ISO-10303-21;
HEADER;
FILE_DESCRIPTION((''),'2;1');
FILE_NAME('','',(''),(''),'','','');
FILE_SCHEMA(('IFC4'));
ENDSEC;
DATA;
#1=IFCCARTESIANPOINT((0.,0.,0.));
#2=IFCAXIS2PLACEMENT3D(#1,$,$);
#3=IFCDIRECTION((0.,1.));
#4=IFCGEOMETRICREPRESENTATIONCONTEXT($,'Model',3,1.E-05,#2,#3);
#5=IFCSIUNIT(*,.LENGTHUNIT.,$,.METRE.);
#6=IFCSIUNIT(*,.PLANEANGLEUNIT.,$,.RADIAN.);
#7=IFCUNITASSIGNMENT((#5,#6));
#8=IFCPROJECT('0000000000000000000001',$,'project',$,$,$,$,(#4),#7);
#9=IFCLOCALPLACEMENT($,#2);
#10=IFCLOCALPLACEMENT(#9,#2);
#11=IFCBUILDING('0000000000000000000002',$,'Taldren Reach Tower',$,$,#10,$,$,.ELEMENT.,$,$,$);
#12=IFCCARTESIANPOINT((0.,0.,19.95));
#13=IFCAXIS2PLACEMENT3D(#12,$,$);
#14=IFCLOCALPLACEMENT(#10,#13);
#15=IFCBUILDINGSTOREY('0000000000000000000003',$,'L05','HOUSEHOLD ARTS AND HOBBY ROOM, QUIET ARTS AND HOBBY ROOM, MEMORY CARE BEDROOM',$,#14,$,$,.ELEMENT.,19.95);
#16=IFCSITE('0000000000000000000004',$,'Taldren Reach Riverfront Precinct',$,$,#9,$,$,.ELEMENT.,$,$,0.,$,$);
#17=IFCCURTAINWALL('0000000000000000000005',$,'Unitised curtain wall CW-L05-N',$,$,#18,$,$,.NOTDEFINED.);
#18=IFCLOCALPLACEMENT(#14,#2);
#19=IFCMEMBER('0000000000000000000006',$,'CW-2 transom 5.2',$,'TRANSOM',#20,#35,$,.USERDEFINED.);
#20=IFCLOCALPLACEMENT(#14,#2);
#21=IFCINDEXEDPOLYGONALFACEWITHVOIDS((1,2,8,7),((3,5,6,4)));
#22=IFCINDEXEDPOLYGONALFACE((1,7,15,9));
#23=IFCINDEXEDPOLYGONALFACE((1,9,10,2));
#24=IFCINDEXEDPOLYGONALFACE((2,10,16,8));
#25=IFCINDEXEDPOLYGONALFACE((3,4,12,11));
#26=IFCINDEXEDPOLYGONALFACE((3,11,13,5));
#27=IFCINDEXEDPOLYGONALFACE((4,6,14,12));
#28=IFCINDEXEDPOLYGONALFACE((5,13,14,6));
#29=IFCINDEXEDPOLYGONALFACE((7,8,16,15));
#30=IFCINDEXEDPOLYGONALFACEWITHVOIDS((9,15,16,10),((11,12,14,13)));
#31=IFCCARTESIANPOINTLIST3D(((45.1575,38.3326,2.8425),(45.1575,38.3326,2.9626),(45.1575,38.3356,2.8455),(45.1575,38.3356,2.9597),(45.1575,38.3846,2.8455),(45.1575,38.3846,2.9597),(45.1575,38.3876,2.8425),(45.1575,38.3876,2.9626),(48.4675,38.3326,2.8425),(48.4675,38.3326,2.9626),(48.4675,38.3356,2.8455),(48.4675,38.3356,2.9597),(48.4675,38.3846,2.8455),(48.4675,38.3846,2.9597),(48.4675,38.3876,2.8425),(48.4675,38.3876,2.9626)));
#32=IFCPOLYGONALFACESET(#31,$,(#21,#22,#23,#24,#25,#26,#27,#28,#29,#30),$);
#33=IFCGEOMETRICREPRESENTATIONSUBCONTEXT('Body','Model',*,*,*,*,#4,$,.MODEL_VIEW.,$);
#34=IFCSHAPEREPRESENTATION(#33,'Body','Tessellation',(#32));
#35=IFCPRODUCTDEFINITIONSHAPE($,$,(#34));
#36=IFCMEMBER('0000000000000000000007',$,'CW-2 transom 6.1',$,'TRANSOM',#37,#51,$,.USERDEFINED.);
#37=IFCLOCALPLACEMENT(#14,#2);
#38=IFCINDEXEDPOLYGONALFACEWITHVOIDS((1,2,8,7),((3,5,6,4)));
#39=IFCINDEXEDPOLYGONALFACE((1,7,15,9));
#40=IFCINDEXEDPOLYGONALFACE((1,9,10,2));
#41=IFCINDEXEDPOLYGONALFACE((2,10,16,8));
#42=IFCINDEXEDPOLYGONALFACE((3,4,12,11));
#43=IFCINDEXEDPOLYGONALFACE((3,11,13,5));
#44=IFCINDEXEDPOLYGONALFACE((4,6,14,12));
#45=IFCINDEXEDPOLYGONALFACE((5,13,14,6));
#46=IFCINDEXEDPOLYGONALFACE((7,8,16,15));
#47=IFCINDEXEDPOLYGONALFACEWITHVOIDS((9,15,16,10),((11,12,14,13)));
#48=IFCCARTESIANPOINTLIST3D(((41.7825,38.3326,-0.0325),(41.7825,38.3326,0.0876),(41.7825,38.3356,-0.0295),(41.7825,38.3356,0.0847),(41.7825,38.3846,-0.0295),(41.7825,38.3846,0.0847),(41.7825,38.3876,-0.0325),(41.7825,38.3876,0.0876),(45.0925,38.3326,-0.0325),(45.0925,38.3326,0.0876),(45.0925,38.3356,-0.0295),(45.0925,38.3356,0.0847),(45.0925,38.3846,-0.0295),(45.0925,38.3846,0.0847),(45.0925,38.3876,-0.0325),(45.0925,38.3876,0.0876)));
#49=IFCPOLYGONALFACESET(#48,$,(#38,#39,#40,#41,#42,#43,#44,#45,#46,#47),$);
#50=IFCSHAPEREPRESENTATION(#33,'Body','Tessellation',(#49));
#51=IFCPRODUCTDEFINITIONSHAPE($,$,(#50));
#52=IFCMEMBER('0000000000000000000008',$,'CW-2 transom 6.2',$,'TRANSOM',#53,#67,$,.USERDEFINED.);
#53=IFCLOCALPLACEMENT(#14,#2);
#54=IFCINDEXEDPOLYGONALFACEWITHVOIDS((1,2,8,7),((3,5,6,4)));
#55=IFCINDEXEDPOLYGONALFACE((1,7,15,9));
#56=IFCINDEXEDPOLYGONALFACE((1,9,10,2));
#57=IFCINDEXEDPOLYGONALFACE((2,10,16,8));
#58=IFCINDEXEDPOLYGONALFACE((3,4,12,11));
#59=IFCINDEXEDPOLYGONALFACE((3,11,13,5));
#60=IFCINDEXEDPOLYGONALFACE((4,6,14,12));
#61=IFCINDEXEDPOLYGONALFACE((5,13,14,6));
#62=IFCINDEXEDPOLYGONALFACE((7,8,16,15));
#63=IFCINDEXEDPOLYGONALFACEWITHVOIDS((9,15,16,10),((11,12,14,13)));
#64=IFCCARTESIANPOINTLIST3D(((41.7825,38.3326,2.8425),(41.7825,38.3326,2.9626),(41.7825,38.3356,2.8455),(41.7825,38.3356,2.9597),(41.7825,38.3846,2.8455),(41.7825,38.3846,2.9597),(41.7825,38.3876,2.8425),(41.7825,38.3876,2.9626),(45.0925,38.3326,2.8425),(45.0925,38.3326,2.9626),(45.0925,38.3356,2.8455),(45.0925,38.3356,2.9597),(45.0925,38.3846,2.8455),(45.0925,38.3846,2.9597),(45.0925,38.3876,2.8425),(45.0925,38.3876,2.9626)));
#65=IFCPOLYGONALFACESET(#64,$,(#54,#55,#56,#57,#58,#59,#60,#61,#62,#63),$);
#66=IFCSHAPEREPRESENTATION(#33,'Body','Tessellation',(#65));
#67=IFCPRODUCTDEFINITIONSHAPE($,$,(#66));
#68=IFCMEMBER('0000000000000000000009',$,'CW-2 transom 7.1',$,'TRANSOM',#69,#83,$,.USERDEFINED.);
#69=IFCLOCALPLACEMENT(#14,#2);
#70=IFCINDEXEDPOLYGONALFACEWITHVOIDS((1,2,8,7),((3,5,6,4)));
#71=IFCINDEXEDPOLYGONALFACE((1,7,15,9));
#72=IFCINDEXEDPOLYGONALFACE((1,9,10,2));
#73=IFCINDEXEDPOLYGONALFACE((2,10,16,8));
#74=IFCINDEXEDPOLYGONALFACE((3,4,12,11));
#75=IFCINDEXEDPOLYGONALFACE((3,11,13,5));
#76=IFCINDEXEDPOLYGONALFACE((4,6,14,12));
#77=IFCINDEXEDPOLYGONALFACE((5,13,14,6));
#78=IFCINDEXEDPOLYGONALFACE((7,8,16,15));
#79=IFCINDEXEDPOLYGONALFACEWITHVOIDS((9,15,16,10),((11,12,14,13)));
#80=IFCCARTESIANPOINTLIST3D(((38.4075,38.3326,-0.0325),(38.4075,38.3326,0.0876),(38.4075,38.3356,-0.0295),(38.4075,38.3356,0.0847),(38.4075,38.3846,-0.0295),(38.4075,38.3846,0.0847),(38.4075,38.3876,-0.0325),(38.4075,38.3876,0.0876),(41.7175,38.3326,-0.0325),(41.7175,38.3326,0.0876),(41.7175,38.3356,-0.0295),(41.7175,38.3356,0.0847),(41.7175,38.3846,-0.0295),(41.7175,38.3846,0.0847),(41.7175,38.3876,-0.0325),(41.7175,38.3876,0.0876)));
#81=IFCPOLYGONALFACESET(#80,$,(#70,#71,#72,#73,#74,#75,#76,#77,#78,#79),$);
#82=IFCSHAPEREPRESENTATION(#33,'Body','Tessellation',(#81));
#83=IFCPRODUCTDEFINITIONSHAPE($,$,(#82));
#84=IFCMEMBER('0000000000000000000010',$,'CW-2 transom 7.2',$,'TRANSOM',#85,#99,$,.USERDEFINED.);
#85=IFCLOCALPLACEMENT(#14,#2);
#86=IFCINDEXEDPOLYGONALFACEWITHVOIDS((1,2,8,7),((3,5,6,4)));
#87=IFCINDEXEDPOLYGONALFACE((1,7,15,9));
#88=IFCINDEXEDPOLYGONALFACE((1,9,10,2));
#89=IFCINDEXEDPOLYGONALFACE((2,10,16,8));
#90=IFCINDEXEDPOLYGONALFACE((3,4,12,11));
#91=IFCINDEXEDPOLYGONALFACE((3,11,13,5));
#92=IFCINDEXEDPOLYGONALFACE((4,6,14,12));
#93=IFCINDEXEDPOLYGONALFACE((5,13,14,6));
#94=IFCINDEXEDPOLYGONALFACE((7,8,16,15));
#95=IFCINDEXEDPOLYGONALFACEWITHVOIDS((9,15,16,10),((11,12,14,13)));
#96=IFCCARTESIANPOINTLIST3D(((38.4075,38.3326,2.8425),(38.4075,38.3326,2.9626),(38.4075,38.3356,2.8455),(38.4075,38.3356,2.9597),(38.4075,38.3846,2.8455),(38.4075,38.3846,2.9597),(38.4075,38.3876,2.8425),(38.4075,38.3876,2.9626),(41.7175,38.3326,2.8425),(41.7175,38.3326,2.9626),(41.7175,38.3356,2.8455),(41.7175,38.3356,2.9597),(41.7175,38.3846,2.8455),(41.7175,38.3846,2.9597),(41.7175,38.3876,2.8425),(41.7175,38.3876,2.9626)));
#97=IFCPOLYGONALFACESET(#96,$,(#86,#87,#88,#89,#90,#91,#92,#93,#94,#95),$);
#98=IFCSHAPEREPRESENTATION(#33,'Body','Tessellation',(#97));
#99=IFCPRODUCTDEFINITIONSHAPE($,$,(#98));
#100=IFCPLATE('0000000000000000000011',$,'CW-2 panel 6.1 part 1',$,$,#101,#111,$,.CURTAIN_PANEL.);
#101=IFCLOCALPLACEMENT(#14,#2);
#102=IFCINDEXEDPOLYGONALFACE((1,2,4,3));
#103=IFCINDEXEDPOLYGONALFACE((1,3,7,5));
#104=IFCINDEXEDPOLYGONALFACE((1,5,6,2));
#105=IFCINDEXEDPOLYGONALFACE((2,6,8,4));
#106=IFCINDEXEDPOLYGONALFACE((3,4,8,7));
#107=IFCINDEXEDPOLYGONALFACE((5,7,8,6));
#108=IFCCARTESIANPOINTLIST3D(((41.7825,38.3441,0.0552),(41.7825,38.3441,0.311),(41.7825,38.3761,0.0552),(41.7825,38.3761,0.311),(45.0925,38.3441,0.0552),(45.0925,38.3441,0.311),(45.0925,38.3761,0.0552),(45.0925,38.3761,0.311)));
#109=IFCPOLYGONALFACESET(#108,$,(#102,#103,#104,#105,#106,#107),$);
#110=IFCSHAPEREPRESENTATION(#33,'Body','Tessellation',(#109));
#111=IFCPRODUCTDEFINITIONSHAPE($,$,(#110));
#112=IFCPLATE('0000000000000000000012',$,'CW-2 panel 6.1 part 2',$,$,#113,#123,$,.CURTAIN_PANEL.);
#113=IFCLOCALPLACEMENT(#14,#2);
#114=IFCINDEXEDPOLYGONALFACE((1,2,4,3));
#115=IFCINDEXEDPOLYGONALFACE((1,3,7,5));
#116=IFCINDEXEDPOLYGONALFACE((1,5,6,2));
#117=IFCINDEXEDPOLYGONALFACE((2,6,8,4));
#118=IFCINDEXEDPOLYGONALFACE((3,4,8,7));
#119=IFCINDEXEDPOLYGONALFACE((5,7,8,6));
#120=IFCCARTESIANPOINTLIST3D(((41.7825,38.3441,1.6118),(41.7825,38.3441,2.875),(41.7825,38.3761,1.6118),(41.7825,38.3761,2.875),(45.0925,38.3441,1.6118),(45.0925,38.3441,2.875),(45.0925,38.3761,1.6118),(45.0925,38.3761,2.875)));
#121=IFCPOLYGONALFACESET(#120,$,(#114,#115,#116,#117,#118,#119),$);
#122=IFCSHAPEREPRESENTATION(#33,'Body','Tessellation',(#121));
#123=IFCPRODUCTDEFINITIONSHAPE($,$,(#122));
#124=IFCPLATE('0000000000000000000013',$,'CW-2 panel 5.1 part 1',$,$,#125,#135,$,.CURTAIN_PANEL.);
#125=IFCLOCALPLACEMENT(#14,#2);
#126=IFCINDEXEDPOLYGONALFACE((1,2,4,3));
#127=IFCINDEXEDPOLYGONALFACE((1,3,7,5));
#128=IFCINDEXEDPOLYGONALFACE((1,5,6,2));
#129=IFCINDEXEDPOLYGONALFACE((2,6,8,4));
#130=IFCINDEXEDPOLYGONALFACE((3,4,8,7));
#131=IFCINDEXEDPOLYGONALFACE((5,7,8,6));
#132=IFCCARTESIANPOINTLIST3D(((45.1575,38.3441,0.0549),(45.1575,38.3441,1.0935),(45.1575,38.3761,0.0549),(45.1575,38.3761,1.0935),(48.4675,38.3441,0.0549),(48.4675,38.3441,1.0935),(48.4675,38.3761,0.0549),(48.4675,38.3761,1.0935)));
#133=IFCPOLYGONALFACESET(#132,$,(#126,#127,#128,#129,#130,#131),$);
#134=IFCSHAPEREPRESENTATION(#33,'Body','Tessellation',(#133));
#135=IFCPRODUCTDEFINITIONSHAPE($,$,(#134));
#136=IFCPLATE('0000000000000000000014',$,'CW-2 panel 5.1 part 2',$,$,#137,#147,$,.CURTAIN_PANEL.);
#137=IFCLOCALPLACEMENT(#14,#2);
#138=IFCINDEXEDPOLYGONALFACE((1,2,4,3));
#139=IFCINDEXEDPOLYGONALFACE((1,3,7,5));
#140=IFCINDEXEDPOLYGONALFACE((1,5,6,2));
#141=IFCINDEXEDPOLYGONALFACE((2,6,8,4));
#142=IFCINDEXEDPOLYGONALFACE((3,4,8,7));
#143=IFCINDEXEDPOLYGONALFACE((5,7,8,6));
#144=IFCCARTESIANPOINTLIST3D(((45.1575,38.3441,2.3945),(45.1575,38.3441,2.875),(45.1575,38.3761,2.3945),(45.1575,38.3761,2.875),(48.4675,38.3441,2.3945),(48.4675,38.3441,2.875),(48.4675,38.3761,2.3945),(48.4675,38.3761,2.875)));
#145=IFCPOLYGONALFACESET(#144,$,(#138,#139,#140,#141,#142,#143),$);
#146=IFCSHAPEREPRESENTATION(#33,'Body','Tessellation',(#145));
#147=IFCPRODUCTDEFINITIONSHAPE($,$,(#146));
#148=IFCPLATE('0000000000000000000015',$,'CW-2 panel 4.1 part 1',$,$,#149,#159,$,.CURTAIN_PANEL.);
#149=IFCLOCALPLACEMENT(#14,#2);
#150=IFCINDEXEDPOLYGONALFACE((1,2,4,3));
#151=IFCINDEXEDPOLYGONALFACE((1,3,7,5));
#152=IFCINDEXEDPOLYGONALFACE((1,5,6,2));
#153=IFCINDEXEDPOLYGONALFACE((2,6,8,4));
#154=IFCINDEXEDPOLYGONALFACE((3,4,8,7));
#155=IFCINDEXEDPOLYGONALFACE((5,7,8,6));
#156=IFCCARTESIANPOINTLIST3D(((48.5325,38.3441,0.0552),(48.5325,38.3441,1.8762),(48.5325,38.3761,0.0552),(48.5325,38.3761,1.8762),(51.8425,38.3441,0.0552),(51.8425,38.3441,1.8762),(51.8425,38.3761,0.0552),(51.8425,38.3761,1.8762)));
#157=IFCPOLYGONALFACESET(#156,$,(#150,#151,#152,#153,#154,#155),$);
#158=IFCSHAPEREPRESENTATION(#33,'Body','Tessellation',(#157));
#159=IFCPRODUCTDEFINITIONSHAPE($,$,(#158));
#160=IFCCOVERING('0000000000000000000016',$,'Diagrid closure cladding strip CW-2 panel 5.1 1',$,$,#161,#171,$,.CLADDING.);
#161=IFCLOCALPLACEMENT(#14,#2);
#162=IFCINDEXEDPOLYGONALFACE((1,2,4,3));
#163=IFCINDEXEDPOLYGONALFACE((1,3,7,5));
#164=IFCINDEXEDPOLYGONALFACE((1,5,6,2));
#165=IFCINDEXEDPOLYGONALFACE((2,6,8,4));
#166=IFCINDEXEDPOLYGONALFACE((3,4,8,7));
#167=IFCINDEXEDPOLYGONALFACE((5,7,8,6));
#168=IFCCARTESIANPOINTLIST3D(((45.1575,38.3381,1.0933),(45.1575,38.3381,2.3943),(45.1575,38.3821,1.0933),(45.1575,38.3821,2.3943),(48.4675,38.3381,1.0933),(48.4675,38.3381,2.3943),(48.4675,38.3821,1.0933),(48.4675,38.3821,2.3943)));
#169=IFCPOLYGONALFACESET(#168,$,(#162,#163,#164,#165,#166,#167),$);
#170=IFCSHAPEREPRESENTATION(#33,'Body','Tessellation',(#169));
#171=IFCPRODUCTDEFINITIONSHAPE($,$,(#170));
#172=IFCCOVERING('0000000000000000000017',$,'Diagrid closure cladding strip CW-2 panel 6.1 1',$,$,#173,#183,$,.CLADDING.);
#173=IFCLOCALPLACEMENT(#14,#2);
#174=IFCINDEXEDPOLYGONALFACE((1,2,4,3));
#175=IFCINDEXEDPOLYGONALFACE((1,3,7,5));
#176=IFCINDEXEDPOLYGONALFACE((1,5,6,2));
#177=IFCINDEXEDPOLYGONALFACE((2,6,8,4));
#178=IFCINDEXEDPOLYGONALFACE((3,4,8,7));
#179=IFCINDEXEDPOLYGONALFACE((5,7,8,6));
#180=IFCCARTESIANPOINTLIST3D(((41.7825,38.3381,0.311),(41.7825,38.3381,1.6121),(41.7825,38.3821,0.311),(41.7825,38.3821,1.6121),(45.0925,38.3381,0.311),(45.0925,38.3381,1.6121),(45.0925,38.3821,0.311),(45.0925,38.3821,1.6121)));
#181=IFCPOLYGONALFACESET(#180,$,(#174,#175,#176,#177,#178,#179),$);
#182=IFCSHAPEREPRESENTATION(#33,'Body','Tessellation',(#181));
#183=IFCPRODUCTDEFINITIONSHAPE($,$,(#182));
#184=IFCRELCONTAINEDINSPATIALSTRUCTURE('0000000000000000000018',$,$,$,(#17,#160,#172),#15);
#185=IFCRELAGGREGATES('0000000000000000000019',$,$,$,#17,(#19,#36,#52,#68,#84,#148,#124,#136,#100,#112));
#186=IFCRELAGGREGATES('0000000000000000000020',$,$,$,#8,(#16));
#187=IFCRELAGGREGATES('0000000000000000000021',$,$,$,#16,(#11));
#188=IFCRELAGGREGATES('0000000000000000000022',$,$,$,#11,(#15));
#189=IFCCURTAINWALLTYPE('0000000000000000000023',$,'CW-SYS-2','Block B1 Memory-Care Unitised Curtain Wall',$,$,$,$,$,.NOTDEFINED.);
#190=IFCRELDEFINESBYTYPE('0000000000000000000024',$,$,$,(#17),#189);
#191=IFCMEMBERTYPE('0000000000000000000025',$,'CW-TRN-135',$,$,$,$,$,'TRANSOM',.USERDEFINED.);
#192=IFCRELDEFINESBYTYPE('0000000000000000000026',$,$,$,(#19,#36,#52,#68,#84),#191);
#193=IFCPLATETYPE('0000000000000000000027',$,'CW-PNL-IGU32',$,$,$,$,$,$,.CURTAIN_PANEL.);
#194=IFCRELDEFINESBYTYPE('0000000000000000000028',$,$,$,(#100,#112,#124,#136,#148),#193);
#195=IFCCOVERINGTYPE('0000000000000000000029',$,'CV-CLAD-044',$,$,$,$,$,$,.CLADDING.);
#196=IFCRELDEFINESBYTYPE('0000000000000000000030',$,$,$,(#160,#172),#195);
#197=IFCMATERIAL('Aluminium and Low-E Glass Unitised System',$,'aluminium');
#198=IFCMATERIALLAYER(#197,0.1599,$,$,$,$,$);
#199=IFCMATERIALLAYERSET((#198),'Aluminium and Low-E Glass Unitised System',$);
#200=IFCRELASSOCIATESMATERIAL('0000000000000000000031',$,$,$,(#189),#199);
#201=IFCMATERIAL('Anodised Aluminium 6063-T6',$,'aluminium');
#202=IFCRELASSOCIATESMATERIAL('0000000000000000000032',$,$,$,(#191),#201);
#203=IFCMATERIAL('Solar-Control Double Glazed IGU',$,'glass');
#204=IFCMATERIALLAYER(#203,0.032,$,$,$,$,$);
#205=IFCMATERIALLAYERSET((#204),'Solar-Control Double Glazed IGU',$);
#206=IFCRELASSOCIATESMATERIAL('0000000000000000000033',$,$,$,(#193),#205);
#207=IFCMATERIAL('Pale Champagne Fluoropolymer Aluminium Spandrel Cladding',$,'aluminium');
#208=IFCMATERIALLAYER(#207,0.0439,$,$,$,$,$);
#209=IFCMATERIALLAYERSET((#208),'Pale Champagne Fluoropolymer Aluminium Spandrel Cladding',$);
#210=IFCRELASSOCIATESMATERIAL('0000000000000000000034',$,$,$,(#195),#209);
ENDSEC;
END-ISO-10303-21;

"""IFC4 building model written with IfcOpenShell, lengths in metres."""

from ifc_helpers import new_model, si_unit, direction, frame, origin, origin_2d, place, context, subcontext, project, spatial, rectangle, hollow_rectangle, extrude, source, transform, mapped, material, layer, layer_set, material_profile, profile_set, type_object, element, aggregate, save


model = new_model("IFC4")

# Units and contexts
model_context = context("Model", 3, precision=1e-05, world=origin(), true_north=direction((0.0, 1.0)))
body_context = subcontext(model_context, "Body", "Model", "MODEL_VIEW")
ifc_project = project(units=[si_unit("LENGTHUNIT", "METRE"), si_unit("PLANEANGLEUNIT", "RADIAN")], contexts=[model_context])

# Site, building, storey
site_placement = place(None, origin())
site = spatial("IfcSite", under=ifc_project, at=site_placement, Name="Taldren Reach Riverfront Precinct", CompositionType="ELEMENT", RefElevation=0.0)
building_placement = place(site_placement, origin())
building = spatial("IfcBuilding", under=site, at=building_placement, Name="Taldren Reach Tower", CompositionType="ELEMENT")
storey_placement = place(building_placement, frame((0.0, 0.0, 19.95)))
storey = spatial("IfcBuildingStorey", under=building, at=storey_placement, Name="L05", Description="HOUSEHOLD ARTS AND HOBBY ROOM, QUIET ARTS AND HOBBY ROOM, MEMORY CARE BEDROOM", CompositionType="ELEMENT", Elevation=19.95)

# Curtain wall, members, plates
ifc_material_1 = material(Name="Aluminium and Low-E Glass Unitised System", Category="aluminium")
ifc_layer_1 = layer(ifc_material_1, 0.1599)
ifc_layer_set_1 = layer_set([ifc_layer_1], Name="Aluminium and Low-E Glass Unitised System")
curtain_wall_type = type_object("IfcCurtainWallType", Name="CW-SYS-2", Description="Block B1 Memory-Care Unitised Curtain Wall", PredefinedType="NOTDEFINED", material=ifc_layer_set_1)
curtain_wall_placement = place(storey_placement, origin())
curtain_wall = element("IfcCurtainWall", 1, at=curtain_wall_placement, inside=storey, type_object=curtain_wall_type, Name="Unitised curtain wall CW-L05-N", PredefinedType="NOTDEFINED")
ifc_material_2 = material(Name="Anodised Aluminium 6063-T6", Category="aluminium")
ifc_material_profile_1 = material_profile(ifc_material_2, hollow_rectangle(XDim=0.0549, YDim=0.1201, WallThickness=0.0029, at=origin_2d()), Name="ALU-120x55x3RHS")
ifc_profile_set_1 = profile_set([ifc_material_profile_1], Name="Anodised Aluminium 6063-T6")
member_type_1 = type_object("IfcMemberType", Name="CW-TRN-135", ElementType="TRANSOM", PredefinedType="USERDEFINED", material=ifc_profile_set_1)
shared_shape_1 = source(origin(), body_context, "Body", "SweptSolid", [
    extrude(hollow_rectangle(XDim=0.0549, YDim=0.1201, WallThickness=0.0029, at=origin_2d()), origin(), (0.0, 0.0, 1.0), 3.3101),
])
member_1_placement = place(storey_placement, frame((48.4675, 38.3601, 2.9026), z_axis=(-1.0, 0.0, 0.0), x_axis=(0.0, -1.0, 0.0)))
member_1 = element("IfcMember", 2, at=member_1_placement, type_object=member_type_1, Name="CW-2 transom 5.2", ObjectType="TRANSOM", PredefinedType="USERDEFINED", context=body_context, shape_type="MappedRepresentation", body=[
    mapped(shared_shape_1, transform((0.0, 0.0, 0.0), scale=1.0)),
])
member_2_placement = place(storey_placement, frame((45.0925, 38.3601, 0.0276), z_axis=(-1.0, 0.0, 0.0), x_axis=(0.0, -1.0, 0.0)))
member_2 = element("IfcMember", 3, at=member_2_placement, type_object=member_type_1, Name="CW-2 transom 6.1", ObjectType="TRANSOM", PredefinedType="USERDEFINED", context=body_context, shape_type="MappedRepresentation", body=[
    mapped(shared_shape_1, transform((0.0, 0.0, 0.0), scale=1.0)),
])
member_3_placement = place(storey_placement, frame((45.0925, 38.3601, 2.9026), z_axis=(-1.0, 0.0, 0.0), x_axis=(0.0, -1.0, 0.0)))
member_3 = element("IfcMember", 4, at=member_3_placement, type_object=member_type_1, Name="CW-2 transom 6.2", ObjectType="TRANSOM", PredefinedType="USERDEFINED", context=body_context, shape_type="MappedRepresentation", body=[
    mapped(shared_shape_1, transform((0.0, 0.0, 0.0), scale=1.0)),
])
member_4_placement = place(storey_placement, frame((41.7175, 38.3601, 0.0276), z_axis=(-1.0, 0.0, 0.0), x_axis=(0.0, -1.0, 0.0)))
member_4 = element("IfcMember", 5, at=member_4_placement, type_object=member_type_1, Name="CW-2 transom 7.1", ObjectType="TRANSOM", PredefinedType="USERDEFINED", context=body_context, shape_type="MappedRepresentation", body=[
    mapped(shared_shape_1, transform((0.0, 0.0, 0.0), scale=1.0)),
])
member_5_placement = place(storey_placement, frame((41.7175, 38.3601, 2.9026), z_axis=(-1.0, 0.0, 0.0), x_axis=(0.0, -1.0, 0.0)))
member_5 = element("IfcMember", 6, at=member_5_placement, type_object=member_type_1, Name="CW-2 transom 7.2", ObjectType="TRANSOM", PredefinedType="USERDEFINED", context=body_context, shape_type="MappedRepresentation", body=[
    mapped(shared_shape_1, transform((0.0, 0.0, 0.0), scale=1.0)),
])
ifc_material_3 = material(Name="Solar-Control Double Glazed IGU", Category="glass")
ifc_layer_2 = layer(ifc_material_3, 0.032)
ifc_layer_set_2 = layer_set([ifc_layer_2], Name="Solar-Control Double Glazed IGU")
plate_type = type_object("IfcPlateType", Name="CW-PNL-IGU32", PredefinedType="CURTAIN_PANEL", material=ifc_layer_set_2)
shared_shape_2 = source(origin(), body_context, "Body", "SweptSolid", [
    extrude(rectangle(XDim=3.3101, YDim=0.032, at=origin_2d()), origin(), (0.0, 0.0, 1.0), 0.2559),
])
plate_1_placement = place(storey_placement, frame((43.4375, 38.3601, 0.0552), z_axis=(0.0, 0.0, 1.0), x_axis=(-1.0, 0.0, 0.0)))
plate_1 = element("IfcPlate", 7, at=plate_1_placement, type_object=plate_type, Name="CW-2 panel 6.1 part 1", PredefinedType="CURTAIN_PANEL", context=body_context, shape_type="MappedRepresentation", body=[
    mapped(shared_shape_2, transform((0.0, 0.0, 0.0), scale=1.0)),
])
shared_shape_3 = source(origin(), body_context, "Body", "SweptSolid", [
    extrude(rectangle(XDim=3.3101, YDim=0.032, at=origin_2d()), origin(), (0.0, 0.0, 1.0), 1.2632),
])
plate_2_placement = place(storey_placement, frame((43.4375, 38.3601, 1.6118), z_axis=(0.0, 0.0, 1.0), x_axis=(-1.0, 0.0, 0.0)))
plate_2 = element("IfcPlate", 8, at=plate_2_placement, type_object=plate_type, Name="CW-2 panel 6.1 part 2", PredefinedType="CURTAIN_PANEL", context=body_context, shape_type="MappedRepresentation", body=[
    mapped(shared_shape_3, transform((0.0, 0.0, 0.0), scale=1.0)),
])
shared_shape_4 = source(origin(), body_context, "Body", "SweptSolid", [
    extrude(rectangle(XDim=3.3101, YDim=0.032, at=origin_2d()), origin(), (0.0, 0.0, 1.0), 1.0386),
])
plate_3_placement = place(storey_placement, frame((46.8125, 38.3601, 0.0549), z_axis=(0.0, 0.0, 1.0), x_axis=(-1.0, 0.0, 0.0)))
plate_3 = element("IfcPlate", 9, at=plate_3_placement, type_object=plate_type, Name="CW-2 panel 5.1 part 1", PredefinedType="CURTAIN_PANEL", context=body_context, shape_type="MappedRepresentation", body=[
    mapped(shared_shape_4, transform((0.0, 0.0, 0.0), scale=1.0)),
])
shared_shape_5 = source(origin(), body_context, "Body", "SweptSolid", [
    extrude(rectangle(XDim=3.3101, YDim=0.032, at=origin_2d()), origin(), (0.0, 0.0, 1.0), 0.4805),
])
plate_4_placement = place(storey_placement, frame((46.8125, 38.3601, 2.3945), z_axis=(0.0, 0.0, 1.0), x_axis=(-1.0, 0.0, 0.0)))
plate_4 = element("IfcPlate", 10, at=plate_4_placement, type_object=plate_type, Name="CW-2 panel 5.1 part 2", PredefinedType="CURTAIN_PANEL", context=body_context, shape_type="MappedRepresentation", body=[
    mapped(shared_shape_5, transform((0.0, 0.0, 0.0), scale=1.0)),
])
shared_shape_6 = source(origin(), body_context, "Body", "SweptSolid", [
    extrude(rectangle(XDim=3.3101, YDim=0.032, at=origin_2d()), origin(), (0.0, 0.0, 1.0), 1.821),
])
plate_5_placement = place(storey_placement, frame((50.1875, 38.3601, 0.0552), z_axis=(0.0, 0.0, 1.0), x_axis=(-1.0, 0.0, 0.0)))
plate_5 = element("IfcPlate", 11, at=plate_5_placement, type_object=plate_type, Name="CW-2 panel 4.1 part 1", PredefinedType="CURTAIN_PANEL", context=body_context, shape_type="MappedRepresentation", body=[
    mapped(shared_shape_6, transform((0.0, 0.0, 0.0), scale=1.0)),
])
aggregate(curtain_wall, [member_1, member_2, member_3, member_4, member_5, plate_5, plate_3, plate_4, plate_1, plate_2])

# Coverings
ifc_material_4 = material(Name="Pale Champagne Fluoropolymer Aluminium Spandrel Cladding", Category="aluminium")
ifc_layer_3 = layer(ifc_material_4, 0.0439)
ifc_layer_set_3 = layer_set([ifc_layer_3], Name="Pale Champagne Fluoropolymer Aluminium Spandrel Cladding")
covering_type = type_object("IfcCoveringType", Name="CV-CLAD-044", PredefinedType="CLADDING", material=ifc_layer_set_3)
shared_shape_7 = source(origin(), body_context, "Body", "SweptSolid", [
    extrude(rectangle(XDim=3.3101, YDim=0.0439, at=origin_2d()), origin(), (0.0, 0.0, 1.0), 1.301),
])
for number, where, z_axis, x_axis, name in (
    (12, (46.8125, 38.3601, 1.0933), (0.0, 0.0, 1.0), (-1.0, 0.0, 0.0), "Diagrid closure cladding strip CW-2 panel 5.1 1"),
    (13, (43.4375, 38.3601, 0.311), (0.0, 0.0, 1.0), (-1.0, 0.0, 0.0), "Diagrid closure cladding strip CW-2 panel 6.1 1"),
):
    element("IfcCovering", number, at=place(storey_placement, frame(where, z_axis=z_axis, x_axis=x_axis)), inside=storey, type_object=covering_type, Name=name, PredefinedType="CLADDING", context=body_context, shape_type="MappedRepresentation", body=[
        mapped(shared_shape_7, transform((0.0, 0.0, 0.0), scale=1.0)),
    ])

save(model, "model.ifc")
